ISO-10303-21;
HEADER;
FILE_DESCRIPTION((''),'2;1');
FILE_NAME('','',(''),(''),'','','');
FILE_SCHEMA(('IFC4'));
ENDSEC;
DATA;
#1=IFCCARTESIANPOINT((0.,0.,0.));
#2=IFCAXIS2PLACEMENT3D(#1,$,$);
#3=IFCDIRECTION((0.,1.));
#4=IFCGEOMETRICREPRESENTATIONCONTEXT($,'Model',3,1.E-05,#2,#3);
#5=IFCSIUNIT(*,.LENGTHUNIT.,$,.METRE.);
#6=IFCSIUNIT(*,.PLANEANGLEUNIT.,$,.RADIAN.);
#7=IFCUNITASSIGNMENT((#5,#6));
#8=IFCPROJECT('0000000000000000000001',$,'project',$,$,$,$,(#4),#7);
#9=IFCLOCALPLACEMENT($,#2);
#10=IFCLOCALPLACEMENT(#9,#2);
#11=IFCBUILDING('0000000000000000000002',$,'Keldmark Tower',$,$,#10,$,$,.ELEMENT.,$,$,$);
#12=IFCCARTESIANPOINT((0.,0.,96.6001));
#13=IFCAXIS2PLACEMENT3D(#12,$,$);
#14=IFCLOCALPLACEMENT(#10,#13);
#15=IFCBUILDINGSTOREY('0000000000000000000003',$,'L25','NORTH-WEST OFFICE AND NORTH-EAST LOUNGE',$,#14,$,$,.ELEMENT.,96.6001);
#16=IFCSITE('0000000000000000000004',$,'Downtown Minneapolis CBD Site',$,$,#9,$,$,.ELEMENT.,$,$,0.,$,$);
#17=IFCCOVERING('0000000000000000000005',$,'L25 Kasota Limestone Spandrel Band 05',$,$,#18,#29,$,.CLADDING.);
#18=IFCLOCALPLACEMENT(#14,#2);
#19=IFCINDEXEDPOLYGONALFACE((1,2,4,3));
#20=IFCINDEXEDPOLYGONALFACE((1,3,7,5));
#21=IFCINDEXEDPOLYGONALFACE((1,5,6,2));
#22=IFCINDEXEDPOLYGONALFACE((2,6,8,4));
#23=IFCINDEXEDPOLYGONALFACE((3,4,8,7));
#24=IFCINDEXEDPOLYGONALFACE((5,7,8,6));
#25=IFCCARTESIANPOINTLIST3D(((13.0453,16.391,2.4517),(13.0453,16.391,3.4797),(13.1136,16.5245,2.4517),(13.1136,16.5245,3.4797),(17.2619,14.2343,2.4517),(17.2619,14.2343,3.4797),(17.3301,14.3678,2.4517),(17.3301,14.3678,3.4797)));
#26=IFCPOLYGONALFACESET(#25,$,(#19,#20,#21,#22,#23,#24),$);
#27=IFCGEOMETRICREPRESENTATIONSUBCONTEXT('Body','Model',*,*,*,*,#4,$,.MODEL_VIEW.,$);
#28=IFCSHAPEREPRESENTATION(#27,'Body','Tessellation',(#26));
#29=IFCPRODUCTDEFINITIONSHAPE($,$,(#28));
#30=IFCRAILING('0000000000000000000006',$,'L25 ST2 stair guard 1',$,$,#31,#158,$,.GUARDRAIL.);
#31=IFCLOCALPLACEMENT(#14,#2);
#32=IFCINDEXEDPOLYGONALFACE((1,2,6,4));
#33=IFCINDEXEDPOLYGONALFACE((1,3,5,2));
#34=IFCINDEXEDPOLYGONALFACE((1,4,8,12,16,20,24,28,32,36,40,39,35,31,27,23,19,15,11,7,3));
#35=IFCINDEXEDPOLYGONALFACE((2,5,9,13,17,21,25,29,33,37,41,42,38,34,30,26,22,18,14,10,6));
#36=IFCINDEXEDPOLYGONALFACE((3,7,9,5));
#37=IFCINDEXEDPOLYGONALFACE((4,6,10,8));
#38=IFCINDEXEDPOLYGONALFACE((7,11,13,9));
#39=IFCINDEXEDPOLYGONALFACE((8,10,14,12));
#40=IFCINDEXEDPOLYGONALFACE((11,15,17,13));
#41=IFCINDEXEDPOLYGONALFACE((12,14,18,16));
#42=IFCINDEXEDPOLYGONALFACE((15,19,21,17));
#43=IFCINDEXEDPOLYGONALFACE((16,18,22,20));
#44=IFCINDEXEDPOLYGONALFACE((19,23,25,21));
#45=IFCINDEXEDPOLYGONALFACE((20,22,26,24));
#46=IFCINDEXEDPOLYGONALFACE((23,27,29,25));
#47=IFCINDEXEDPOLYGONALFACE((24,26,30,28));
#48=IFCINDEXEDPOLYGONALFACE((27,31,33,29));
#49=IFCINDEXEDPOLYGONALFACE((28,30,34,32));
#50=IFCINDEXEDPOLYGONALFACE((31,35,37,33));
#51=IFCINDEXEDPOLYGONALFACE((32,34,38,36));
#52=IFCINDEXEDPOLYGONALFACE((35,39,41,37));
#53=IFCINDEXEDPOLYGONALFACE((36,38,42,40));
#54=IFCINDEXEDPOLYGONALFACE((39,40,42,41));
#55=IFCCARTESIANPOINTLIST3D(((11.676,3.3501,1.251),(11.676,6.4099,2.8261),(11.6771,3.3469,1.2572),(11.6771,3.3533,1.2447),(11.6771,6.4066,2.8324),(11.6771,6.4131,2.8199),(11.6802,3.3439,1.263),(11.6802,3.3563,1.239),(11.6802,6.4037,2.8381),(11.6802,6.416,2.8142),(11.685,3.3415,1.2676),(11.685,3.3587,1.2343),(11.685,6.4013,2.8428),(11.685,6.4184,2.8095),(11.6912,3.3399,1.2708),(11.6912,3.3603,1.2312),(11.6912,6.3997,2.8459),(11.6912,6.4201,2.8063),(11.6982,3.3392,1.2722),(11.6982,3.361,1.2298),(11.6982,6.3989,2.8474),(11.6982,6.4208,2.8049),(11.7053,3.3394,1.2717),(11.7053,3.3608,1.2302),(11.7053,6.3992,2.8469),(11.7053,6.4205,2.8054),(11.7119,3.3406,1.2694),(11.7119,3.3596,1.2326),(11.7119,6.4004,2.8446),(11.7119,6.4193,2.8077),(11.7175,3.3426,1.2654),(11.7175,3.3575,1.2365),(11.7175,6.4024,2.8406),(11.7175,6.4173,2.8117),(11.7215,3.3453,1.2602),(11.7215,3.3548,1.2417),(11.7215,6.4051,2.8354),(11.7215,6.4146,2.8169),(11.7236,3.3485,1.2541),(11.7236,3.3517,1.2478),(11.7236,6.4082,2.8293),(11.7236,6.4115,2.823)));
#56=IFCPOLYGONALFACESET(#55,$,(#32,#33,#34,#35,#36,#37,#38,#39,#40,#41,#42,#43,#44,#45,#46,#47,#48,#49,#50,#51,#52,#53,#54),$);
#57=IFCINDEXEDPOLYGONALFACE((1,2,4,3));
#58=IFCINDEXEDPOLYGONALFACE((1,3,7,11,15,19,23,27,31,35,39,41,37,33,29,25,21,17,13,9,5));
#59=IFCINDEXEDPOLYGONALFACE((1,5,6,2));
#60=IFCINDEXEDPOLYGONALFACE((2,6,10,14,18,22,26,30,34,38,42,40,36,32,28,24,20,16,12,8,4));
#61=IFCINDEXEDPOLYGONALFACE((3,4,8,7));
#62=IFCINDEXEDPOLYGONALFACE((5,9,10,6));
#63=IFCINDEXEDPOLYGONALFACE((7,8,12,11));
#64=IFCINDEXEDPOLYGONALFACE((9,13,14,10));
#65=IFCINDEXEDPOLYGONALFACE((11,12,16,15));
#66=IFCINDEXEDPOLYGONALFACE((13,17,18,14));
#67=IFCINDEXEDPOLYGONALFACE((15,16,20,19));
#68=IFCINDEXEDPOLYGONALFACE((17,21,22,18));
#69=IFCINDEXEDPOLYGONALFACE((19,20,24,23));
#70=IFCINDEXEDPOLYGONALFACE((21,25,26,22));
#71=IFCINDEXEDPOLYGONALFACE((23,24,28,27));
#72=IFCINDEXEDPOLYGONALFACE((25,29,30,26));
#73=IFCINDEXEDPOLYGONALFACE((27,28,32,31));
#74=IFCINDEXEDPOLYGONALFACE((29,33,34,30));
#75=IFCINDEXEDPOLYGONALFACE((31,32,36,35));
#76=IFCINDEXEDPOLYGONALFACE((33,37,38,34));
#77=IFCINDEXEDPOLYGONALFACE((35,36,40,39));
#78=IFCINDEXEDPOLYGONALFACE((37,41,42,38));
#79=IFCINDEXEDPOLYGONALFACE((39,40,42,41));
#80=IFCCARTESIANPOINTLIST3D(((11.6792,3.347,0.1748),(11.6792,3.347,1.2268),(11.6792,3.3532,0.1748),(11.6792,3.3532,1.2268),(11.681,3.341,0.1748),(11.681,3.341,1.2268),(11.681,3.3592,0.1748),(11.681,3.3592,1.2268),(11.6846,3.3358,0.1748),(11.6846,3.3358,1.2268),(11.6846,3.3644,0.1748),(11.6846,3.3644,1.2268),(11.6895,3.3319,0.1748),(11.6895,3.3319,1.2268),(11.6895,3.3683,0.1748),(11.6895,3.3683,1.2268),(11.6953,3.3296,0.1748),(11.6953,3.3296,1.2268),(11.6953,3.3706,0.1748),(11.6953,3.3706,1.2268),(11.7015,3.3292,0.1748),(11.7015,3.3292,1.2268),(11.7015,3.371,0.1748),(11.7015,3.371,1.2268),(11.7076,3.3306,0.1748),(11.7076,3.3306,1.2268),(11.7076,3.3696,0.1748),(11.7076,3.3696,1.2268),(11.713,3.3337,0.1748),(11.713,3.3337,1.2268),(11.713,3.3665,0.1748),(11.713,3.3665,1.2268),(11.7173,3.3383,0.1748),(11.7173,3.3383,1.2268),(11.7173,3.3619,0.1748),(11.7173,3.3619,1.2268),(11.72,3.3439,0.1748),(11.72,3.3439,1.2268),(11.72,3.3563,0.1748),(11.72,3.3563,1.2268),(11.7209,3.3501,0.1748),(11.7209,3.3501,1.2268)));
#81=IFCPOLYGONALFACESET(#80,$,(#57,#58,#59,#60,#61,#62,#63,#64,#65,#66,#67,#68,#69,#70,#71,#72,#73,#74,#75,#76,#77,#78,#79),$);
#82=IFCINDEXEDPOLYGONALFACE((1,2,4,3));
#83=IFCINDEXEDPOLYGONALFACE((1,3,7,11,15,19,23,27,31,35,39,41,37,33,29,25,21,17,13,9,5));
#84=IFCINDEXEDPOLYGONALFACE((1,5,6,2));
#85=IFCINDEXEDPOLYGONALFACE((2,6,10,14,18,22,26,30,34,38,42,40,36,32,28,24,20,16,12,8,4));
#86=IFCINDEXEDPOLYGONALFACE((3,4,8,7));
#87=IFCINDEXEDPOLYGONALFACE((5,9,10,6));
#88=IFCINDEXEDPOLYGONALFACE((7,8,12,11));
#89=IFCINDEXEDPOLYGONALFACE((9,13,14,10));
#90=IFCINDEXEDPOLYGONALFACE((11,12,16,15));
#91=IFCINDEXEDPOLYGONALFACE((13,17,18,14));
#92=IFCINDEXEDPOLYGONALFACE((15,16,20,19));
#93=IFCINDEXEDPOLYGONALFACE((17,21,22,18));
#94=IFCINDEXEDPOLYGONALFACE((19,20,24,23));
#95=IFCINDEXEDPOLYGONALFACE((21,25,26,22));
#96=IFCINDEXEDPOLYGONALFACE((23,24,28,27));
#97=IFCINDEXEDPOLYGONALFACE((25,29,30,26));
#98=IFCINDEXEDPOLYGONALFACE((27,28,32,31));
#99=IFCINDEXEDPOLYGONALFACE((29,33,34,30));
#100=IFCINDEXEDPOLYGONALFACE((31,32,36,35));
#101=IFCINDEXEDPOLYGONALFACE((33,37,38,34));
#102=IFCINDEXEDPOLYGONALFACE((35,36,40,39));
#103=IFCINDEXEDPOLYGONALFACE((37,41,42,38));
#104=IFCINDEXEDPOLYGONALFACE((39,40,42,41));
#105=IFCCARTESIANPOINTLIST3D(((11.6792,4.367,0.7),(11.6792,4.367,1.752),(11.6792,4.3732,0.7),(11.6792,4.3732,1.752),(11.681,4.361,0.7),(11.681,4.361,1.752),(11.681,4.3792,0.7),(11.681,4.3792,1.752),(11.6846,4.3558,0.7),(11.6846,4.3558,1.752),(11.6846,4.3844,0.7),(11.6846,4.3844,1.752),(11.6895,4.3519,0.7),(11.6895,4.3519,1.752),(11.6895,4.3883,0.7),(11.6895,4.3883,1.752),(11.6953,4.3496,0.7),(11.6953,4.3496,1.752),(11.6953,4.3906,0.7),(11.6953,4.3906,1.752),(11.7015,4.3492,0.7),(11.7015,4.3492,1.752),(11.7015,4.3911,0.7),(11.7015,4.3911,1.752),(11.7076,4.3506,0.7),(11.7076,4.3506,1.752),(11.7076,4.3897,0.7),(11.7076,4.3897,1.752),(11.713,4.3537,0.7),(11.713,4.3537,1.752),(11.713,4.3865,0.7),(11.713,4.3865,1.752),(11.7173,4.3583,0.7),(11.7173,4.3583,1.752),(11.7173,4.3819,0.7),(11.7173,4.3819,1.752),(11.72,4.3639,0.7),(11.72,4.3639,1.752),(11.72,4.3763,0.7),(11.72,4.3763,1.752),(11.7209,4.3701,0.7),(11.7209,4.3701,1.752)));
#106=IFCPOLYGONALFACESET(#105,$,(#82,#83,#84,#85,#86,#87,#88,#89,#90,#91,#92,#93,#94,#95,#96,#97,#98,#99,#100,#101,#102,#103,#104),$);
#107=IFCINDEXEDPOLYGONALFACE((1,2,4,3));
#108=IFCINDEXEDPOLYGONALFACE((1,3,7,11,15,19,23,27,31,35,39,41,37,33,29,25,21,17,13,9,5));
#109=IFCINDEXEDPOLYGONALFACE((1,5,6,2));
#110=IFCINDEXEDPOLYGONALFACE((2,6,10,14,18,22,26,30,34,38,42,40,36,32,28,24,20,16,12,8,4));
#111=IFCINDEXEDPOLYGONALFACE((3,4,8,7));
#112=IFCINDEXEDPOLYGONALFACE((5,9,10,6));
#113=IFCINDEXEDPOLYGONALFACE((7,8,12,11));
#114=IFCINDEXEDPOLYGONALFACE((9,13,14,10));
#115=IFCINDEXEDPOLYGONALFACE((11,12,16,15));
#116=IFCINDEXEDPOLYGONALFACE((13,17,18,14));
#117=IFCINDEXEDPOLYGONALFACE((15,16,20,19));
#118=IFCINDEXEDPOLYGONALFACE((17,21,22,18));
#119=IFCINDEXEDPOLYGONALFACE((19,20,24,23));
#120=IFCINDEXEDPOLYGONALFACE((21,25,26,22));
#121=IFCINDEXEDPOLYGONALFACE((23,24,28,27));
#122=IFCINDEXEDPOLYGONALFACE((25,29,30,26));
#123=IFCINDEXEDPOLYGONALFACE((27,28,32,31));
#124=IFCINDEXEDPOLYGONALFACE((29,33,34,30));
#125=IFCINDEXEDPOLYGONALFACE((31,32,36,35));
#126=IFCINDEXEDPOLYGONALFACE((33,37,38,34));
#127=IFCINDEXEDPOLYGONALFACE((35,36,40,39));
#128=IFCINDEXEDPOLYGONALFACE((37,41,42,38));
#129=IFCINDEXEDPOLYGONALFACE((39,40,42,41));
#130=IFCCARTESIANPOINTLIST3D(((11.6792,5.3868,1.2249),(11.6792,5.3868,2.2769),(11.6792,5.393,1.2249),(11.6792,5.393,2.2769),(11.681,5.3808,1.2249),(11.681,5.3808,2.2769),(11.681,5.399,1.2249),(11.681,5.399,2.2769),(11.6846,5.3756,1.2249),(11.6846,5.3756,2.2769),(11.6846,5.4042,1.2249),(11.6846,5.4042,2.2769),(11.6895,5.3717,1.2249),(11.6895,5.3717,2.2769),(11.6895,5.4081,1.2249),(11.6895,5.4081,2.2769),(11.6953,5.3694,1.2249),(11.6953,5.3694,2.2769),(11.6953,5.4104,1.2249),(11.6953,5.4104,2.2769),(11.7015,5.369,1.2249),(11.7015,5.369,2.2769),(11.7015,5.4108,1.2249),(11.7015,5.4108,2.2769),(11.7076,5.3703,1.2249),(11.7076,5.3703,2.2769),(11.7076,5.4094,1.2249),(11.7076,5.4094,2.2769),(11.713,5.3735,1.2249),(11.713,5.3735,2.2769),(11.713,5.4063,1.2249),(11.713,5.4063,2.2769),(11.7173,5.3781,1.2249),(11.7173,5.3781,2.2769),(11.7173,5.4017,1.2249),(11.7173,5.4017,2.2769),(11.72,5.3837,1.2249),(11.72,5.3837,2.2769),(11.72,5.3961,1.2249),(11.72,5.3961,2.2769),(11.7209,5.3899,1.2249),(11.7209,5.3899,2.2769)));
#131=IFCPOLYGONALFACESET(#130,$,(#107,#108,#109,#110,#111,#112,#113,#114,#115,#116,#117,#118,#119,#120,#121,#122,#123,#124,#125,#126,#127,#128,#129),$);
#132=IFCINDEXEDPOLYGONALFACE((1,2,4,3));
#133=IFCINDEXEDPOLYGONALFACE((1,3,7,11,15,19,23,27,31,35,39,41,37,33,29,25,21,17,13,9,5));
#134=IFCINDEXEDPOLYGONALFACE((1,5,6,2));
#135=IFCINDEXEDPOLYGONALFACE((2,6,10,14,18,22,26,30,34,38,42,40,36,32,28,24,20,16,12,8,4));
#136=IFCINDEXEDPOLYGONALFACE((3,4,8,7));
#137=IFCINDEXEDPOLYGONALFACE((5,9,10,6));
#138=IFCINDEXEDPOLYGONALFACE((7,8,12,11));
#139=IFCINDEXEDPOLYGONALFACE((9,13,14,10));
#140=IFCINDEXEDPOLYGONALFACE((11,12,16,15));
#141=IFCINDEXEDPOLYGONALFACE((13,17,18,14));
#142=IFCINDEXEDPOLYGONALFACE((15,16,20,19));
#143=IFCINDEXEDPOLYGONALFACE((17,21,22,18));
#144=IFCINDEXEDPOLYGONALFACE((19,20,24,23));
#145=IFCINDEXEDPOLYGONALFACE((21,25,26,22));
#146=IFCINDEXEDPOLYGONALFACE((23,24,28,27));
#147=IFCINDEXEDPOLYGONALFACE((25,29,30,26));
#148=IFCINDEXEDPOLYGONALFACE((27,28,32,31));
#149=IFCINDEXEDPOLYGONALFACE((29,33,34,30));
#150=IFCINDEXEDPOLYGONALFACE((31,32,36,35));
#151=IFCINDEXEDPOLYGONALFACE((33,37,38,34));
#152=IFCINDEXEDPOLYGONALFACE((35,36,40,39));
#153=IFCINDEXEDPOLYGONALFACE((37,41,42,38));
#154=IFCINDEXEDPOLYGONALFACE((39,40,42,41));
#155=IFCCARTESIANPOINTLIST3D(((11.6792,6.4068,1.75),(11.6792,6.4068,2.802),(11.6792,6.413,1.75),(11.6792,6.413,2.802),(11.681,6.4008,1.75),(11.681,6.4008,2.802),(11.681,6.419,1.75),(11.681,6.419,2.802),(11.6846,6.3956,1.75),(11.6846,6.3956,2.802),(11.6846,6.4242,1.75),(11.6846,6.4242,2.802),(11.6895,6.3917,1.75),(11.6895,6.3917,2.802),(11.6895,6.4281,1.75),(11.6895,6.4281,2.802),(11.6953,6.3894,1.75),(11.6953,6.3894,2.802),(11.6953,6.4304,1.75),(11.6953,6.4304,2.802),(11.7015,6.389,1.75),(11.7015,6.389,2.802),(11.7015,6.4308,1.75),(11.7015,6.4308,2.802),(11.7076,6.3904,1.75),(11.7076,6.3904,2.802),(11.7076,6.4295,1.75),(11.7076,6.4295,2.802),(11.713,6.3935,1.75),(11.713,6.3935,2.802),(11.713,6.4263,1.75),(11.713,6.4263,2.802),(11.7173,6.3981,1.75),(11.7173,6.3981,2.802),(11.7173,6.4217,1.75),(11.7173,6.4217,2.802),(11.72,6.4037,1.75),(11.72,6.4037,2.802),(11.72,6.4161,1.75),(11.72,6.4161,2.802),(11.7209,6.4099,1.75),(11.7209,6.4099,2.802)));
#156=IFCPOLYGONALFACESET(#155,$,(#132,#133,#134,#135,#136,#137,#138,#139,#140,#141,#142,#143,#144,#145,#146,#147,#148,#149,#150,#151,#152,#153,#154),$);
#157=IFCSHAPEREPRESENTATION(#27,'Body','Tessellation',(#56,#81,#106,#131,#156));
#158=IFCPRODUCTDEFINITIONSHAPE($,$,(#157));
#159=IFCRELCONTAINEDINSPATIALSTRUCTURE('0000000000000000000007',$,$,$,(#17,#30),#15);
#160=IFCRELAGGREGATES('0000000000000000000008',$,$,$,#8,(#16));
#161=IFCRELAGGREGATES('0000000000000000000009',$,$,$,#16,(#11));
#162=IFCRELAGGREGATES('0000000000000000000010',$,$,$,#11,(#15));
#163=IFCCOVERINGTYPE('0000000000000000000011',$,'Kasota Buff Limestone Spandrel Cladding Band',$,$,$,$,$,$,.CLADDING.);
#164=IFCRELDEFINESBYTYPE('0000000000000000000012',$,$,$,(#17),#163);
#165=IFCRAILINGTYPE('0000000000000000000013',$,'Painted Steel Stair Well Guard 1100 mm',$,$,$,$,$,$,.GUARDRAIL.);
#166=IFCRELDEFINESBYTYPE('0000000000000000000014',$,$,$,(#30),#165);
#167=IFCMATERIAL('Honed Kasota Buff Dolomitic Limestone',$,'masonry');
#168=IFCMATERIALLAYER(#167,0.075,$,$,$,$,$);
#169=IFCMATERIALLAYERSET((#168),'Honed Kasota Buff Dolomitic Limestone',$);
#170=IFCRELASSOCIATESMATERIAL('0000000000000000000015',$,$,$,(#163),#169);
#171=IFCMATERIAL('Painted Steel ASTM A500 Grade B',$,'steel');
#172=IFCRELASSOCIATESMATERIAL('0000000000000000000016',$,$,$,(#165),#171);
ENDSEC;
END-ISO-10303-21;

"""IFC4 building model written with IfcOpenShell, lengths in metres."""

from ifc_helpers import new_model, si_unit, direction, frame, origin, origin_2d, place, context, subcontext, project, spatial, rectangle, circle, extrude, material, layer, layer_set, type_object, element, save


model = new_model("IFC4")

# Units and contexts
model_context = context("Model", 3, precision=1e-05, world=origin(), true_north=direction((0.0, 1.0)))
body_context = subcontext(model_context, "Body", "Model", "MODEL_VIEW")
ifc_project = project(units=[si_unit("LENGTHUNIT", "METRE"), si_unit("PLANEANGLEUNIT", "RADIAN")], contexts=[model_context])

# Site, building, storey
site_placement = place(None, origin())
site = spatial("IfcSite", under=ifc_project, at=site_placement, Name="Downtown Minneapolis CBD Site", CompositionType="ELEMENT", RefElevation=0.0)
building_placement = place(site_placement, origin())
building = spatial("IfcBuilding", under=site, at=building_placement, Name="Keldmark Tower", CompositionType="ELEMENT")
storey_placement = place(building_placement, frame((0.0, 0.0, 96.6001)))
storey = spatial("IfcBuildingStorey", under=building, at=storey_placement, Name="L25", Description="NORTH-WEST OFFICE AND NORTH-EAST LOUNGE", CompositionType="ELEMENT", Elevation=96.6001)

# Covering
ifc_material_1 = material(Name="Honed Kasota Buff Dolomitic Limestone", Category="masonry")
ifc_layer_1 = layer(ifc_material_1, 0.075)
ifc_layer_set_1 = layer_set([ifc_layer_1], Name="Honed Kasota Buff Dolomitic Limestone")
covering_type = type_object("IfcCoveringType", Name="Kasota Buff Limestone Spandrel Cladding Band", PredefinedType="CLADDING", material=ifc_layer_set_1)
covering_placement = place(storey_placement, frame((15.1877, 15.3794, 2.4517), z_axis=(0.0, 0.0, 1.0), x_axis=(-0.8903, 0.455374, 0.0)))
element("IfcCovering", 1, at=covering_placement, inside=storey, type_object=covering_type, Name="L25 Kasota Limestone Spandrel Band 05", PredefinedType="CLADDING", context=body_context, shape_type="SweptSolid", body=[
    extrude(rectangle(XDim=4.7361, YDim=0.1499, at=origin_2d()), origin(), (0.0, 0.0, 1.0), 1.0281),
])

# Railing
ifc_material_2 = material(Name="Painted Steel ASTM A500 Grade B", Category="steel")
railing_type_1 = type_object("IfcRailingType", Name="Painted Steel Stair Well Guard 1100 mm", PredefinedType="GUARDRAIL", material=ifc_material_2)
railing_1_placement = place(storey_placement, frame((11.7, 3.3501, 0.1748)))
element("IfcRailing", 2, at=railing_1_placement, inside=storey, type_object=railing_type_1, Name="L25 ST2 stair guard 1", PredefinedType="GUARDRAIL", context=body_context, shape_type="SweptSolid", body=[
    extrude(circle(Radius=0.0239, at=origin_2d()), frame((0.0, 0.0, 1.0762), z_axis=(0.0, 0.889101, 0.45771), x_axis=(-1.0, 0.0, 0.0)), (0.0, 0.0, 1.0), 3.4414),
    extrude(circle(Radius=0.021, at=origin_2d()), origin(), (0.0, 0.0, 1.0), 1.052),
    extrude(circle(Radius=0.021, at=origin_2d()), frame((0.0, 1.02, 0.5251)), (0.0, 0.0, 1.0), 1.052),
    extrude(circle(Radius=0.021, at=origin_2d()), frame((0.0, 2.0398, 1.05)), (0.0, 0.0, 1.0), 1.052),
    extrude(circle(Radius=0.021, at=origin_2d()), frame((0.0, 3.0598, 1.5752)), (0.0, 0.0, 1.0), 1.052),
])

save(model, "model.ifc")
